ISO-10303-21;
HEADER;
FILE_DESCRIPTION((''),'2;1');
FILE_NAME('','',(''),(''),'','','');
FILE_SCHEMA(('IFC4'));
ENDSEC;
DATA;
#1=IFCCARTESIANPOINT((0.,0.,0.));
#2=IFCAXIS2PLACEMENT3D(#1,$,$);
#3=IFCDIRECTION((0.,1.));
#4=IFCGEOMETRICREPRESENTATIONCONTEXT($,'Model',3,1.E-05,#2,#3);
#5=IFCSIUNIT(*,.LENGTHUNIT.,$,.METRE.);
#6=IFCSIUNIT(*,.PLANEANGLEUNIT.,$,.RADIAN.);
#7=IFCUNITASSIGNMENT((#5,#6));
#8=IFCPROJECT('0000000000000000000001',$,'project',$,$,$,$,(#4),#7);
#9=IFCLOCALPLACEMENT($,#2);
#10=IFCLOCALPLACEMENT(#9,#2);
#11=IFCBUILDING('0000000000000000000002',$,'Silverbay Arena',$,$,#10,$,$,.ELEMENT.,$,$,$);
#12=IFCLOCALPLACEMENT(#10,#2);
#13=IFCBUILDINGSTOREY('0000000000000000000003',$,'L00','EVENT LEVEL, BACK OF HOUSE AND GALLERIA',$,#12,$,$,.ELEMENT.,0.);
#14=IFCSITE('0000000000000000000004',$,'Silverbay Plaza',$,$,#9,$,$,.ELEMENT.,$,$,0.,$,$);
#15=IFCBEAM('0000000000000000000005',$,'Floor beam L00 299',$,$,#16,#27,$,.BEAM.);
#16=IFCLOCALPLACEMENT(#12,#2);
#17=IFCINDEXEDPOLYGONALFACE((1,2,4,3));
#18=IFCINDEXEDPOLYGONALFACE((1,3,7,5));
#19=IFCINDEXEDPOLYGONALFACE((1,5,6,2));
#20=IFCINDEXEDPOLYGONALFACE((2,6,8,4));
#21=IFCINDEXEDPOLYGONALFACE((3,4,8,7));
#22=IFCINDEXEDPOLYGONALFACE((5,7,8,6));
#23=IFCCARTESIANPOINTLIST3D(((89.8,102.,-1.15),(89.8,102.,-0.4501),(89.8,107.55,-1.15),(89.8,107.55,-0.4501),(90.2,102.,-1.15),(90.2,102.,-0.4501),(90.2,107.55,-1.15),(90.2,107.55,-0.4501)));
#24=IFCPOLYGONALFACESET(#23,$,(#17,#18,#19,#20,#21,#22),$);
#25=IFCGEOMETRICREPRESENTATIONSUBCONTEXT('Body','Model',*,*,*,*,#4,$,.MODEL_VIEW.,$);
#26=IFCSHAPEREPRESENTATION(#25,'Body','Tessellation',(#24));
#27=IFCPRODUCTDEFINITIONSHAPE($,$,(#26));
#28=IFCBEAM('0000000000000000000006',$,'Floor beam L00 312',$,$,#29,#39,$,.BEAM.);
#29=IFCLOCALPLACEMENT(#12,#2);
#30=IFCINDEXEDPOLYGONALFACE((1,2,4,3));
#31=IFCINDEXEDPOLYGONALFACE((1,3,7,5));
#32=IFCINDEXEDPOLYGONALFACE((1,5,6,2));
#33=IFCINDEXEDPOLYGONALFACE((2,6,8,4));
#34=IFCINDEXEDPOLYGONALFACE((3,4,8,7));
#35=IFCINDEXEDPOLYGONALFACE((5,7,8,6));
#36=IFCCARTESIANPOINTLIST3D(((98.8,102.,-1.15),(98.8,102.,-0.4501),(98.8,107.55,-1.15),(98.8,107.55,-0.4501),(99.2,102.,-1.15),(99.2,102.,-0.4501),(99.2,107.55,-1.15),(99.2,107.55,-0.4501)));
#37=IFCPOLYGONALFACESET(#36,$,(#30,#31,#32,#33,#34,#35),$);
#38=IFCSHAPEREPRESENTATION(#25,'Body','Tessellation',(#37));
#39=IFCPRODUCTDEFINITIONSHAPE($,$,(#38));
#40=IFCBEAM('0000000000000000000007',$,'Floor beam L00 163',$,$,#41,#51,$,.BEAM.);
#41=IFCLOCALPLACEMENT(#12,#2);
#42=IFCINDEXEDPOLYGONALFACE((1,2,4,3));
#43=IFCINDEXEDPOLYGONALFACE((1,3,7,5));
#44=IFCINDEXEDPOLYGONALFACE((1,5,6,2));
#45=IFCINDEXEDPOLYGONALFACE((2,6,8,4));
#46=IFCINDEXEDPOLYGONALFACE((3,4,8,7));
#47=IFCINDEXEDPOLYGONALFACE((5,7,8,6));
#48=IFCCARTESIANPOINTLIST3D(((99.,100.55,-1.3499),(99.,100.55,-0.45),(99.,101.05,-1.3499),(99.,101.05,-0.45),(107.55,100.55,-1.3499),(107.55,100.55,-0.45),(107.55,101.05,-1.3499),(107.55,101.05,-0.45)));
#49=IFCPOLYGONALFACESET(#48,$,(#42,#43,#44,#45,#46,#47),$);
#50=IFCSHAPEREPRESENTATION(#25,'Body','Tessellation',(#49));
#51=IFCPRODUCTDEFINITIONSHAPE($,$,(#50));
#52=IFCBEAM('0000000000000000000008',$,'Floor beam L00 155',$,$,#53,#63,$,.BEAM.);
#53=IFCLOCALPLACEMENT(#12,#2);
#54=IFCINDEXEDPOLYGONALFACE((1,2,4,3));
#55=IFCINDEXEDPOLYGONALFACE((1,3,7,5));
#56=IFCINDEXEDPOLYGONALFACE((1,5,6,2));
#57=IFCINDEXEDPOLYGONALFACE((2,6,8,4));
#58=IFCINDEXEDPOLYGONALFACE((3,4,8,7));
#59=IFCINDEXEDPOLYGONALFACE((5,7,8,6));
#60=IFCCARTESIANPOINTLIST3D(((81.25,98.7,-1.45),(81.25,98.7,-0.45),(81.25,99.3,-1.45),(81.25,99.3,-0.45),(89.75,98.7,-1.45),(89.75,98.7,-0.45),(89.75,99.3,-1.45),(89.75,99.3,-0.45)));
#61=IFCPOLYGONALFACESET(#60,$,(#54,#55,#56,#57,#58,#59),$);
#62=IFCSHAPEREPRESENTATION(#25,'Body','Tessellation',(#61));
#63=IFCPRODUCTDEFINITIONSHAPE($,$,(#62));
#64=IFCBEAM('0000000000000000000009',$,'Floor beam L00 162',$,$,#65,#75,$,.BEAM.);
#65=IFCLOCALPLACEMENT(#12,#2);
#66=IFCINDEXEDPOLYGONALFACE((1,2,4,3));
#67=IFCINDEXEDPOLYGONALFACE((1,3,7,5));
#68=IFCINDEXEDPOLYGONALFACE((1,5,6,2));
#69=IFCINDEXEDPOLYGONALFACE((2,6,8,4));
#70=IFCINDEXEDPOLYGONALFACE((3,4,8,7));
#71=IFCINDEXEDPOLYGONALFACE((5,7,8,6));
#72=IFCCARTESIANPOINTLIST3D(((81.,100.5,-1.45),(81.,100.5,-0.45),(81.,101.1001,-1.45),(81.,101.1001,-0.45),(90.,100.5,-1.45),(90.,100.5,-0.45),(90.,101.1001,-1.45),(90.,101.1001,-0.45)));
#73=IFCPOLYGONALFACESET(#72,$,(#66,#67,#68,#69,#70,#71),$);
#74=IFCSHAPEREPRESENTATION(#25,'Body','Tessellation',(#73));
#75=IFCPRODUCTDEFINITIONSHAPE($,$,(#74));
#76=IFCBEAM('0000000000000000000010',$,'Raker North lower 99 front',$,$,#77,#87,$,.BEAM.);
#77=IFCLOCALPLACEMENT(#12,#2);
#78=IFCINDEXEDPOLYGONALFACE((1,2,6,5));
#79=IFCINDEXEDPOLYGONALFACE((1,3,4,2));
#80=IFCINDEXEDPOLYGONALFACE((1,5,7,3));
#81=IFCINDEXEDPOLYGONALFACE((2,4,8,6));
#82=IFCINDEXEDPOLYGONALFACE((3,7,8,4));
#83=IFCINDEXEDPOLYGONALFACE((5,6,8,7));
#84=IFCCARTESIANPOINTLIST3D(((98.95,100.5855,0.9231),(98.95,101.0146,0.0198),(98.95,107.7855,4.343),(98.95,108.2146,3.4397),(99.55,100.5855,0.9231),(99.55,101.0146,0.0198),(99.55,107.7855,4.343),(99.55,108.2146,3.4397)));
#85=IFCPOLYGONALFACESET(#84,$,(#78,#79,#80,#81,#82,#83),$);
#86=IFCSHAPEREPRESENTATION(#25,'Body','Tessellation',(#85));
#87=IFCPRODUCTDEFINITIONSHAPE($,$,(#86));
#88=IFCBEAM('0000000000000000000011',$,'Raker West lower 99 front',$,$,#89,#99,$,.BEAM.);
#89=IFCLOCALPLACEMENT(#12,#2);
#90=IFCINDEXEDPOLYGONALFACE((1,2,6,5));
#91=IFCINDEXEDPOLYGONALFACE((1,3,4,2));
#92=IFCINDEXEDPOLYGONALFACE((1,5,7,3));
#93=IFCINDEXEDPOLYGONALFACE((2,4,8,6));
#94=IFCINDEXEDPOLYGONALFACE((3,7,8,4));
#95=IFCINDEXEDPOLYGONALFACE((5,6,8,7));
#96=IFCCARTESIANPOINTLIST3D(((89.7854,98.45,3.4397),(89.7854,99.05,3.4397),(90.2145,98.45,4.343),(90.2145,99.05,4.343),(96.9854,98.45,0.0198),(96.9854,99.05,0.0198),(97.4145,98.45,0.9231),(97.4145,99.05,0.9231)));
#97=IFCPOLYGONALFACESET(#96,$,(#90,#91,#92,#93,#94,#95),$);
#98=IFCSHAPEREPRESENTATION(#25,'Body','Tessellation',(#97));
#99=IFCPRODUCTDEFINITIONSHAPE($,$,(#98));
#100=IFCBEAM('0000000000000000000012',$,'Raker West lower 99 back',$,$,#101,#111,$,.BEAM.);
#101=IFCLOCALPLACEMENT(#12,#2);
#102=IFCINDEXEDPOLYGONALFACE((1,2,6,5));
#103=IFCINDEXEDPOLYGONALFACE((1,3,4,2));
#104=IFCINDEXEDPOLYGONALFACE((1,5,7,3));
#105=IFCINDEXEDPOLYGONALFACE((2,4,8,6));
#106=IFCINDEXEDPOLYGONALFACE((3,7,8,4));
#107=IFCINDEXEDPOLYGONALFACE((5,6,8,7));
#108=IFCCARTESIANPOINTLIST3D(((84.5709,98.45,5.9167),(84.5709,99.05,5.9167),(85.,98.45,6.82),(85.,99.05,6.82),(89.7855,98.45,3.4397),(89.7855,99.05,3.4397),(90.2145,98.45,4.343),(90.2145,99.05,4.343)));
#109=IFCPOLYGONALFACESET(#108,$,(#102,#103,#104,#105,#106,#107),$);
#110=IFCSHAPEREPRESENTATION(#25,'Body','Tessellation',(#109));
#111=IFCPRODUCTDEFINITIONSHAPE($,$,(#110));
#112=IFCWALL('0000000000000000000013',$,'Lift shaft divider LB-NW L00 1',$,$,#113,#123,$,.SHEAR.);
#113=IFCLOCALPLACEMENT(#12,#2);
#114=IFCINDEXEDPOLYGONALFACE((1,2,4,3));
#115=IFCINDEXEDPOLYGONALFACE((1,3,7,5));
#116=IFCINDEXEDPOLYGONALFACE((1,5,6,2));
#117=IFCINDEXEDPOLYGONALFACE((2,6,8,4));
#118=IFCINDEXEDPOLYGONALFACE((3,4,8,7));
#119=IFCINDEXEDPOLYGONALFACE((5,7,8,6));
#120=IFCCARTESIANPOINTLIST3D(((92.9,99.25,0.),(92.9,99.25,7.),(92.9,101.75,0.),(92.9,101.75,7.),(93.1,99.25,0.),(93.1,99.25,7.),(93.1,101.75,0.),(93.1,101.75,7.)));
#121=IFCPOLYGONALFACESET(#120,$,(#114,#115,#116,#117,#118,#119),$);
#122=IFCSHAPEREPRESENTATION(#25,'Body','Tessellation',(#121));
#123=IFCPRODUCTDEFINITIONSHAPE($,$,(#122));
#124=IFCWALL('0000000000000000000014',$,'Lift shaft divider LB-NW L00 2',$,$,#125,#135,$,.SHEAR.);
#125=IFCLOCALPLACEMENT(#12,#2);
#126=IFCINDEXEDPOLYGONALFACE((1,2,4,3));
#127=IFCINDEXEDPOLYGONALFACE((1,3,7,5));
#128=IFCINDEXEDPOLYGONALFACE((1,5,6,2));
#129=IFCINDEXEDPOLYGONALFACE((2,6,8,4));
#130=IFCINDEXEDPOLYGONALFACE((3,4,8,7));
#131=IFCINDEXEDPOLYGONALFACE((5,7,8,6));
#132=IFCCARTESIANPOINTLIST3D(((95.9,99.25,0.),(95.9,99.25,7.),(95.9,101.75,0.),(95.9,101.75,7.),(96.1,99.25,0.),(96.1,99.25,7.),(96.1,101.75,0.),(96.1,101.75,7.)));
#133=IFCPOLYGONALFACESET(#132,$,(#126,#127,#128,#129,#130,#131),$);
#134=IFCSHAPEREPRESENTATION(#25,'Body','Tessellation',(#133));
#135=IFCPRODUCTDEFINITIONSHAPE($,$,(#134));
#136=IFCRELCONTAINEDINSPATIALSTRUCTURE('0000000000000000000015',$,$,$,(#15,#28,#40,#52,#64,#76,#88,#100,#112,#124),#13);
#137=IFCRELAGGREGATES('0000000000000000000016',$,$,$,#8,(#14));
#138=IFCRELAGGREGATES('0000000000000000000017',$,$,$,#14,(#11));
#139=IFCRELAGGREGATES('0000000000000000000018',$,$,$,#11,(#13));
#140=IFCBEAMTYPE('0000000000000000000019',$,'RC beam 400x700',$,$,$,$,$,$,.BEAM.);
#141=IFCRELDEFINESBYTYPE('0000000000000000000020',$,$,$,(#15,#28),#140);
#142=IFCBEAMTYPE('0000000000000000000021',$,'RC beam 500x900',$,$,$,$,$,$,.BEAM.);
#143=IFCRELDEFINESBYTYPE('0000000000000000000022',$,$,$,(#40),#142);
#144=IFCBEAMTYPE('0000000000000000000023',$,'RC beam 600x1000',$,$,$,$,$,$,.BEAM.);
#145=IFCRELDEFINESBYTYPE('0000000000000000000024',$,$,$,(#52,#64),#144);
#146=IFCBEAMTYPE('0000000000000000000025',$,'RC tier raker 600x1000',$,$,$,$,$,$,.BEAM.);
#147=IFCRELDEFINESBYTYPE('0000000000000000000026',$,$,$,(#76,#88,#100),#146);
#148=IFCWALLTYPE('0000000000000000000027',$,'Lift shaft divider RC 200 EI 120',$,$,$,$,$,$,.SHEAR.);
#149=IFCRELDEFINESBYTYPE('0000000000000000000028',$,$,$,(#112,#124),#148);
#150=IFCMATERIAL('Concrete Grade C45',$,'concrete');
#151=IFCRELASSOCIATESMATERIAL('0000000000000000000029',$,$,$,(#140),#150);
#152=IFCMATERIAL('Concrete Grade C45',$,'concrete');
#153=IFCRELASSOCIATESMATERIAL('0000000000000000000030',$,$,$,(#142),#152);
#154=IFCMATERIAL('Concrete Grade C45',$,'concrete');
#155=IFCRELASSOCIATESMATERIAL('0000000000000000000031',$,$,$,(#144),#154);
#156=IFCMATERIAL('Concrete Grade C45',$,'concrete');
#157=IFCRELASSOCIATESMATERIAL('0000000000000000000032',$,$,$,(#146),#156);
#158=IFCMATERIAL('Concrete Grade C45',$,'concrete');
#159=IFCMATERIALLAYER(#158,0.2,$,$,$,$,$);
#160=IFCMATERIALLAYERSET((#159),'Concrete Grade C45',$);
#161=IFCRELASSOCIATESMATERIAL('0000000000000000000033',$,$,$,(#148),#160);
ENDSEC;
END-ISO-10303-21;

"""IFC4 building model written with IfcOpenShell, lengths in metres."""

from ifc_helpers import new_model, si_unit, direction, frame, frame_2d, origin, origin_2d, place, context, subcontext, project, spatial, rectangle, extrude, material, layer, layer_set, material_profile, profile_set, type_object, element, save


model = new_model("IFC4")

# Units and contexts
model_context = context("Model", 3, precision=1e-05, world=origin(), true_north=direction((0.0, 1.0)))
body_context = subcontext(model_context, "Body", "Model", "MODEL_VIEW")
ifc_project = project(units=[si_unit("LENGTHUNIT", "METRE"), si_unit("PLANEANGLEUNIT", "RADIAN")], contexts=[model_context])

# Site, building, storey
site_placement = place(None, origin())
site = spatial("IfcSite", under=ifc_project, at=site_placement, Name="Silverbay Plaza", CompositionType="ELEMENT", RefElevation=0.0)
building_placement = place(site_placement, origin())
building = spatial("IfcBuilding", under=site, at=building_placement, Name="Silverbay Arena", CompositionType="ELEMENT")
storey_placement = place(building_placement, origin())
storey = spatial("IfcBuildingStorey", under=building, at=storey_placement, Name="L00", Description="EVENT LEVEL, BACK OF HOUSE AND GALLERIA", CompositionType="ELEMENT", Elevation=0.0)

# Beams
ifc_material_1 = material(Name="Concrete Grade C45", Category="concrete")
ifc_material_profile_1 = material_profile(ifc_material_1, rectangle(XDim=0.3999, YDim=0.7, at=origin_2d()), Name="RC 400x700")
ifc_profile_set_1 = profile_set([ifc_material_profile_1], Name="Concrete Grade C45")
beam_type_1 = type_object("IfcBeamType", Name="RC beam 400x700", PredefinedType="BEAM", material=ifc_profile_set_1)
for number, where, z_axis, x_axis, name in (
    (1, (90.0, 102.0, -0.8), (0.0, 1.0, 0.0), (-1.0, 0.0, 0.0), "Floor beam L00 299"),
    (2, (99.0, 102.0, -0.8), (0.0, 1.0, 0.0), (-1.0, 0.0, 0.0), "Floor beam L00 312"),
):
    element("IfcBeam", number, at=place(storey_placement, frame(where, z_axis=z_axis, x_axis=x_axis)), inside=storey, type_object=beam_type_1, Name=name, PredefinedType="BEAM", context=body_context, shape_type="SweptSolid", body=[
        extrude(rectangle(XDim=0.3999, YDim=0.7, at=origin_2d()), origin(), (0.0, 0.0, 1.0), 5.55),
    ])
ifc_material_2 = material(Name="Concrete Grade C45", Category="concrete")
ifc_material_profile_2 = material_profile(ifc_material_2, rectangle(XDim=0.5, YDim=0.8999, at=origin_2d()), Name="RC 500x900")
ifc_profile_set_2 = profile_set([ifc_material_profile_2], Name="Concrete Grade C45")
beam_type_2 = type_object("IfcBeamType", Name="RC beam 500x900", PredefinedType="BEAM", material=ifc_profile_set_2)
beam_1_placement = place(storey_placement, frame((99.0, 100.8, -0.8999), z_axis=(1.0, 0.0, 0.0), x_axis=(0.0, 1.0, 0.0)))
element("IfcBeam", 3, at=beam_1_placement, inside=storey, type_object=beam_type_2, Name="Floor beam L00 163", PredefinedType="BEAM", context=body_context, shape_type="SweptSolid", body=[
    extrude(rectangle(XDim=0.5, YDim=0.8999, at=origin_2d()), origin(), (0.0, 0.0, 1.0), 8.55),
])
ifc_material_3 = material(Name="Concrete Grade C45", Category="concrete")
ifc_material_profile_3 = material_profile(ifc_material_3, rectangle(XDim=0.6001, YDim=1.0, at=origin_2d()), Name="RC 600x1000")
ifc_profile_set_3 = profile_set([ifc_material_profile_3], Name="Concrete Grade C45")
beam_type_3 = type_object("IfcBeamType", Name="RC beam 600x1000", PredefinedType="BEAM", material=ifc_profile_set_3)
beam_2_placement = place(storey_placement, frame((81.25, 99.0, -0.95), z_axis=(1.0, 0.0, 0.0), x_axis=(0.0, 1.0, 0.0)))
element("IfcBeam", 4, at=beam_2_placement, inside=storey, type_object=beam_type_3, Name="Floor beam L00 155", PredefinedType="BEAM", context=body_context, shape_type="SweptSolid", body=[
    extrude(rectangle(XDim=0.6001, YDim=1.0, at=origin_2d()), origin(), (0.0, 0.0, 1.0), 8.5),
])
beam_3_placement = place(storey_placement, frame((81.0, 100.8, -0.95), z_axis=(1.0, 0.0, 0.0), x_axis=(0.0, 1.0, 0.0)))
element("IfcBeam", 5, at=beam_3_placement, inside=storey, type_object=beam_type_3, Name="Floor beam L00 162", PredefinedType="BEAM", context=body_context, shape_type="SweptSolid", body=[
    extrude(rectangle(XDim=0.6001, YDim=1.0, at=origin_2d()), origin(), (0.0, 0.0, 1.0), 9.0),
])
ifc_material_4 = material(Name="Concrete Grade C45", Category="concrete")
ifc_material_profile_4 = material_profile(ifc_material_4, rectangle(XDim=0.6001, YDim=1.0, at=origin_2d()), Name="RC 600x1000")
ifc_profile_set_4 = profile_set([ifc_material_profile_4], Name="Concrete Grade C45")
beam_type_4 = type_object("IfcBeamType", Name="RC tier raker 600x1000", PredefinedType="BEAM", material=ifc_profile_set_4)
for number, where, z_axis, x_axis, name in (
    (6, (99.25, 100.8, 0.4714), (0.0, 0.90328, 0.429051), (-1.0, 0.0, 0.0), "Raker North lower 99 front"),
    (7, (97.2, 98.75, 0.4714), (-0.90328, 0.0, 0.429051), (0.0, -1.0, 0.0), "Raker West lower 99 front"),
):
    element("IfcBeam", number, at=place(storey_placement, frame(where, z_axis=z_axis, x_axis=x_axis)), inside=storey, type_object=beam_type_4, Name=name, PredefinedType="BEAM", context=body_context, shape_type="SweptSolid", body=[
        extrude(rectangle(XDim=0.6001, YDim=1.0, at=origin_2d()), origin(), (0.0, 0.0, 1.0), 7.9709),
    ])
beam_4_placement = place(storey_placement, frame((90.0, 98.75, 3.8914), z_axis=(-0.90327, 0.0, 0.429073), x_axis=(0.0, -1.0, 0.0)))
element("IfcBeam", 8, at=beam_4_placement, inside=storey, type_object=beam_type_4, Name="Raker West lower 99 back", PredefinedType="BEAM", context=body_context, shape_type="SweptSolid", body=[
    extrude(rectangle(XDim=0.6001, YDim=1.0, at=origin_2d()), origin(), (0.0, 0.0, 1.0), 5.7729),
])

# Walls
ifc_material_5 = material(Name="Concrete Grade C45", Category="concrete")
ifc_layer_1 = layer(ifc_material_5, 0.2)
ifc_layer_set_1 = layer_set([ifc_layer_1], Name="Concrete Grade C45")
wall_type_1 = type_object("IfcWallType", Name="Lift shaft divider RC 200 EI 120", PredefinedType="SHEAR", material=ifc_layer_set_1)
for number, where, z_axis, x_axis, name in (
    (9, (93.0, 99.25, 0.0), (0.0, 0.0, 1.0), (0.0, 1.0, 0.0), "Lift shaft divider LB-NW L00 1"),
    (10, (96.0, 99.25, 0.0), (0.0, 0.0, 1.0), (0.0, 1.0, 0.0), "Lift shaft divider LB-NW L00 2"),
):
    element("IfcWall", number, at=place(storey_placement, frame(where, z_axis=z_axis, x_axis=x_axis)), inside=storey, type_object=wall_type_1, Name=name, PredefinedType="SHEAR", context=body_context, shape_type="SweptSolid", body=[
        extrude(rectangle(XDim=2.5, YDim=0.2, at=frame_2d((1.25, 0.0))), origin(), (0.0, 0.0, 1.0), 7.0),
    ])

save(model, "model.ifc")
